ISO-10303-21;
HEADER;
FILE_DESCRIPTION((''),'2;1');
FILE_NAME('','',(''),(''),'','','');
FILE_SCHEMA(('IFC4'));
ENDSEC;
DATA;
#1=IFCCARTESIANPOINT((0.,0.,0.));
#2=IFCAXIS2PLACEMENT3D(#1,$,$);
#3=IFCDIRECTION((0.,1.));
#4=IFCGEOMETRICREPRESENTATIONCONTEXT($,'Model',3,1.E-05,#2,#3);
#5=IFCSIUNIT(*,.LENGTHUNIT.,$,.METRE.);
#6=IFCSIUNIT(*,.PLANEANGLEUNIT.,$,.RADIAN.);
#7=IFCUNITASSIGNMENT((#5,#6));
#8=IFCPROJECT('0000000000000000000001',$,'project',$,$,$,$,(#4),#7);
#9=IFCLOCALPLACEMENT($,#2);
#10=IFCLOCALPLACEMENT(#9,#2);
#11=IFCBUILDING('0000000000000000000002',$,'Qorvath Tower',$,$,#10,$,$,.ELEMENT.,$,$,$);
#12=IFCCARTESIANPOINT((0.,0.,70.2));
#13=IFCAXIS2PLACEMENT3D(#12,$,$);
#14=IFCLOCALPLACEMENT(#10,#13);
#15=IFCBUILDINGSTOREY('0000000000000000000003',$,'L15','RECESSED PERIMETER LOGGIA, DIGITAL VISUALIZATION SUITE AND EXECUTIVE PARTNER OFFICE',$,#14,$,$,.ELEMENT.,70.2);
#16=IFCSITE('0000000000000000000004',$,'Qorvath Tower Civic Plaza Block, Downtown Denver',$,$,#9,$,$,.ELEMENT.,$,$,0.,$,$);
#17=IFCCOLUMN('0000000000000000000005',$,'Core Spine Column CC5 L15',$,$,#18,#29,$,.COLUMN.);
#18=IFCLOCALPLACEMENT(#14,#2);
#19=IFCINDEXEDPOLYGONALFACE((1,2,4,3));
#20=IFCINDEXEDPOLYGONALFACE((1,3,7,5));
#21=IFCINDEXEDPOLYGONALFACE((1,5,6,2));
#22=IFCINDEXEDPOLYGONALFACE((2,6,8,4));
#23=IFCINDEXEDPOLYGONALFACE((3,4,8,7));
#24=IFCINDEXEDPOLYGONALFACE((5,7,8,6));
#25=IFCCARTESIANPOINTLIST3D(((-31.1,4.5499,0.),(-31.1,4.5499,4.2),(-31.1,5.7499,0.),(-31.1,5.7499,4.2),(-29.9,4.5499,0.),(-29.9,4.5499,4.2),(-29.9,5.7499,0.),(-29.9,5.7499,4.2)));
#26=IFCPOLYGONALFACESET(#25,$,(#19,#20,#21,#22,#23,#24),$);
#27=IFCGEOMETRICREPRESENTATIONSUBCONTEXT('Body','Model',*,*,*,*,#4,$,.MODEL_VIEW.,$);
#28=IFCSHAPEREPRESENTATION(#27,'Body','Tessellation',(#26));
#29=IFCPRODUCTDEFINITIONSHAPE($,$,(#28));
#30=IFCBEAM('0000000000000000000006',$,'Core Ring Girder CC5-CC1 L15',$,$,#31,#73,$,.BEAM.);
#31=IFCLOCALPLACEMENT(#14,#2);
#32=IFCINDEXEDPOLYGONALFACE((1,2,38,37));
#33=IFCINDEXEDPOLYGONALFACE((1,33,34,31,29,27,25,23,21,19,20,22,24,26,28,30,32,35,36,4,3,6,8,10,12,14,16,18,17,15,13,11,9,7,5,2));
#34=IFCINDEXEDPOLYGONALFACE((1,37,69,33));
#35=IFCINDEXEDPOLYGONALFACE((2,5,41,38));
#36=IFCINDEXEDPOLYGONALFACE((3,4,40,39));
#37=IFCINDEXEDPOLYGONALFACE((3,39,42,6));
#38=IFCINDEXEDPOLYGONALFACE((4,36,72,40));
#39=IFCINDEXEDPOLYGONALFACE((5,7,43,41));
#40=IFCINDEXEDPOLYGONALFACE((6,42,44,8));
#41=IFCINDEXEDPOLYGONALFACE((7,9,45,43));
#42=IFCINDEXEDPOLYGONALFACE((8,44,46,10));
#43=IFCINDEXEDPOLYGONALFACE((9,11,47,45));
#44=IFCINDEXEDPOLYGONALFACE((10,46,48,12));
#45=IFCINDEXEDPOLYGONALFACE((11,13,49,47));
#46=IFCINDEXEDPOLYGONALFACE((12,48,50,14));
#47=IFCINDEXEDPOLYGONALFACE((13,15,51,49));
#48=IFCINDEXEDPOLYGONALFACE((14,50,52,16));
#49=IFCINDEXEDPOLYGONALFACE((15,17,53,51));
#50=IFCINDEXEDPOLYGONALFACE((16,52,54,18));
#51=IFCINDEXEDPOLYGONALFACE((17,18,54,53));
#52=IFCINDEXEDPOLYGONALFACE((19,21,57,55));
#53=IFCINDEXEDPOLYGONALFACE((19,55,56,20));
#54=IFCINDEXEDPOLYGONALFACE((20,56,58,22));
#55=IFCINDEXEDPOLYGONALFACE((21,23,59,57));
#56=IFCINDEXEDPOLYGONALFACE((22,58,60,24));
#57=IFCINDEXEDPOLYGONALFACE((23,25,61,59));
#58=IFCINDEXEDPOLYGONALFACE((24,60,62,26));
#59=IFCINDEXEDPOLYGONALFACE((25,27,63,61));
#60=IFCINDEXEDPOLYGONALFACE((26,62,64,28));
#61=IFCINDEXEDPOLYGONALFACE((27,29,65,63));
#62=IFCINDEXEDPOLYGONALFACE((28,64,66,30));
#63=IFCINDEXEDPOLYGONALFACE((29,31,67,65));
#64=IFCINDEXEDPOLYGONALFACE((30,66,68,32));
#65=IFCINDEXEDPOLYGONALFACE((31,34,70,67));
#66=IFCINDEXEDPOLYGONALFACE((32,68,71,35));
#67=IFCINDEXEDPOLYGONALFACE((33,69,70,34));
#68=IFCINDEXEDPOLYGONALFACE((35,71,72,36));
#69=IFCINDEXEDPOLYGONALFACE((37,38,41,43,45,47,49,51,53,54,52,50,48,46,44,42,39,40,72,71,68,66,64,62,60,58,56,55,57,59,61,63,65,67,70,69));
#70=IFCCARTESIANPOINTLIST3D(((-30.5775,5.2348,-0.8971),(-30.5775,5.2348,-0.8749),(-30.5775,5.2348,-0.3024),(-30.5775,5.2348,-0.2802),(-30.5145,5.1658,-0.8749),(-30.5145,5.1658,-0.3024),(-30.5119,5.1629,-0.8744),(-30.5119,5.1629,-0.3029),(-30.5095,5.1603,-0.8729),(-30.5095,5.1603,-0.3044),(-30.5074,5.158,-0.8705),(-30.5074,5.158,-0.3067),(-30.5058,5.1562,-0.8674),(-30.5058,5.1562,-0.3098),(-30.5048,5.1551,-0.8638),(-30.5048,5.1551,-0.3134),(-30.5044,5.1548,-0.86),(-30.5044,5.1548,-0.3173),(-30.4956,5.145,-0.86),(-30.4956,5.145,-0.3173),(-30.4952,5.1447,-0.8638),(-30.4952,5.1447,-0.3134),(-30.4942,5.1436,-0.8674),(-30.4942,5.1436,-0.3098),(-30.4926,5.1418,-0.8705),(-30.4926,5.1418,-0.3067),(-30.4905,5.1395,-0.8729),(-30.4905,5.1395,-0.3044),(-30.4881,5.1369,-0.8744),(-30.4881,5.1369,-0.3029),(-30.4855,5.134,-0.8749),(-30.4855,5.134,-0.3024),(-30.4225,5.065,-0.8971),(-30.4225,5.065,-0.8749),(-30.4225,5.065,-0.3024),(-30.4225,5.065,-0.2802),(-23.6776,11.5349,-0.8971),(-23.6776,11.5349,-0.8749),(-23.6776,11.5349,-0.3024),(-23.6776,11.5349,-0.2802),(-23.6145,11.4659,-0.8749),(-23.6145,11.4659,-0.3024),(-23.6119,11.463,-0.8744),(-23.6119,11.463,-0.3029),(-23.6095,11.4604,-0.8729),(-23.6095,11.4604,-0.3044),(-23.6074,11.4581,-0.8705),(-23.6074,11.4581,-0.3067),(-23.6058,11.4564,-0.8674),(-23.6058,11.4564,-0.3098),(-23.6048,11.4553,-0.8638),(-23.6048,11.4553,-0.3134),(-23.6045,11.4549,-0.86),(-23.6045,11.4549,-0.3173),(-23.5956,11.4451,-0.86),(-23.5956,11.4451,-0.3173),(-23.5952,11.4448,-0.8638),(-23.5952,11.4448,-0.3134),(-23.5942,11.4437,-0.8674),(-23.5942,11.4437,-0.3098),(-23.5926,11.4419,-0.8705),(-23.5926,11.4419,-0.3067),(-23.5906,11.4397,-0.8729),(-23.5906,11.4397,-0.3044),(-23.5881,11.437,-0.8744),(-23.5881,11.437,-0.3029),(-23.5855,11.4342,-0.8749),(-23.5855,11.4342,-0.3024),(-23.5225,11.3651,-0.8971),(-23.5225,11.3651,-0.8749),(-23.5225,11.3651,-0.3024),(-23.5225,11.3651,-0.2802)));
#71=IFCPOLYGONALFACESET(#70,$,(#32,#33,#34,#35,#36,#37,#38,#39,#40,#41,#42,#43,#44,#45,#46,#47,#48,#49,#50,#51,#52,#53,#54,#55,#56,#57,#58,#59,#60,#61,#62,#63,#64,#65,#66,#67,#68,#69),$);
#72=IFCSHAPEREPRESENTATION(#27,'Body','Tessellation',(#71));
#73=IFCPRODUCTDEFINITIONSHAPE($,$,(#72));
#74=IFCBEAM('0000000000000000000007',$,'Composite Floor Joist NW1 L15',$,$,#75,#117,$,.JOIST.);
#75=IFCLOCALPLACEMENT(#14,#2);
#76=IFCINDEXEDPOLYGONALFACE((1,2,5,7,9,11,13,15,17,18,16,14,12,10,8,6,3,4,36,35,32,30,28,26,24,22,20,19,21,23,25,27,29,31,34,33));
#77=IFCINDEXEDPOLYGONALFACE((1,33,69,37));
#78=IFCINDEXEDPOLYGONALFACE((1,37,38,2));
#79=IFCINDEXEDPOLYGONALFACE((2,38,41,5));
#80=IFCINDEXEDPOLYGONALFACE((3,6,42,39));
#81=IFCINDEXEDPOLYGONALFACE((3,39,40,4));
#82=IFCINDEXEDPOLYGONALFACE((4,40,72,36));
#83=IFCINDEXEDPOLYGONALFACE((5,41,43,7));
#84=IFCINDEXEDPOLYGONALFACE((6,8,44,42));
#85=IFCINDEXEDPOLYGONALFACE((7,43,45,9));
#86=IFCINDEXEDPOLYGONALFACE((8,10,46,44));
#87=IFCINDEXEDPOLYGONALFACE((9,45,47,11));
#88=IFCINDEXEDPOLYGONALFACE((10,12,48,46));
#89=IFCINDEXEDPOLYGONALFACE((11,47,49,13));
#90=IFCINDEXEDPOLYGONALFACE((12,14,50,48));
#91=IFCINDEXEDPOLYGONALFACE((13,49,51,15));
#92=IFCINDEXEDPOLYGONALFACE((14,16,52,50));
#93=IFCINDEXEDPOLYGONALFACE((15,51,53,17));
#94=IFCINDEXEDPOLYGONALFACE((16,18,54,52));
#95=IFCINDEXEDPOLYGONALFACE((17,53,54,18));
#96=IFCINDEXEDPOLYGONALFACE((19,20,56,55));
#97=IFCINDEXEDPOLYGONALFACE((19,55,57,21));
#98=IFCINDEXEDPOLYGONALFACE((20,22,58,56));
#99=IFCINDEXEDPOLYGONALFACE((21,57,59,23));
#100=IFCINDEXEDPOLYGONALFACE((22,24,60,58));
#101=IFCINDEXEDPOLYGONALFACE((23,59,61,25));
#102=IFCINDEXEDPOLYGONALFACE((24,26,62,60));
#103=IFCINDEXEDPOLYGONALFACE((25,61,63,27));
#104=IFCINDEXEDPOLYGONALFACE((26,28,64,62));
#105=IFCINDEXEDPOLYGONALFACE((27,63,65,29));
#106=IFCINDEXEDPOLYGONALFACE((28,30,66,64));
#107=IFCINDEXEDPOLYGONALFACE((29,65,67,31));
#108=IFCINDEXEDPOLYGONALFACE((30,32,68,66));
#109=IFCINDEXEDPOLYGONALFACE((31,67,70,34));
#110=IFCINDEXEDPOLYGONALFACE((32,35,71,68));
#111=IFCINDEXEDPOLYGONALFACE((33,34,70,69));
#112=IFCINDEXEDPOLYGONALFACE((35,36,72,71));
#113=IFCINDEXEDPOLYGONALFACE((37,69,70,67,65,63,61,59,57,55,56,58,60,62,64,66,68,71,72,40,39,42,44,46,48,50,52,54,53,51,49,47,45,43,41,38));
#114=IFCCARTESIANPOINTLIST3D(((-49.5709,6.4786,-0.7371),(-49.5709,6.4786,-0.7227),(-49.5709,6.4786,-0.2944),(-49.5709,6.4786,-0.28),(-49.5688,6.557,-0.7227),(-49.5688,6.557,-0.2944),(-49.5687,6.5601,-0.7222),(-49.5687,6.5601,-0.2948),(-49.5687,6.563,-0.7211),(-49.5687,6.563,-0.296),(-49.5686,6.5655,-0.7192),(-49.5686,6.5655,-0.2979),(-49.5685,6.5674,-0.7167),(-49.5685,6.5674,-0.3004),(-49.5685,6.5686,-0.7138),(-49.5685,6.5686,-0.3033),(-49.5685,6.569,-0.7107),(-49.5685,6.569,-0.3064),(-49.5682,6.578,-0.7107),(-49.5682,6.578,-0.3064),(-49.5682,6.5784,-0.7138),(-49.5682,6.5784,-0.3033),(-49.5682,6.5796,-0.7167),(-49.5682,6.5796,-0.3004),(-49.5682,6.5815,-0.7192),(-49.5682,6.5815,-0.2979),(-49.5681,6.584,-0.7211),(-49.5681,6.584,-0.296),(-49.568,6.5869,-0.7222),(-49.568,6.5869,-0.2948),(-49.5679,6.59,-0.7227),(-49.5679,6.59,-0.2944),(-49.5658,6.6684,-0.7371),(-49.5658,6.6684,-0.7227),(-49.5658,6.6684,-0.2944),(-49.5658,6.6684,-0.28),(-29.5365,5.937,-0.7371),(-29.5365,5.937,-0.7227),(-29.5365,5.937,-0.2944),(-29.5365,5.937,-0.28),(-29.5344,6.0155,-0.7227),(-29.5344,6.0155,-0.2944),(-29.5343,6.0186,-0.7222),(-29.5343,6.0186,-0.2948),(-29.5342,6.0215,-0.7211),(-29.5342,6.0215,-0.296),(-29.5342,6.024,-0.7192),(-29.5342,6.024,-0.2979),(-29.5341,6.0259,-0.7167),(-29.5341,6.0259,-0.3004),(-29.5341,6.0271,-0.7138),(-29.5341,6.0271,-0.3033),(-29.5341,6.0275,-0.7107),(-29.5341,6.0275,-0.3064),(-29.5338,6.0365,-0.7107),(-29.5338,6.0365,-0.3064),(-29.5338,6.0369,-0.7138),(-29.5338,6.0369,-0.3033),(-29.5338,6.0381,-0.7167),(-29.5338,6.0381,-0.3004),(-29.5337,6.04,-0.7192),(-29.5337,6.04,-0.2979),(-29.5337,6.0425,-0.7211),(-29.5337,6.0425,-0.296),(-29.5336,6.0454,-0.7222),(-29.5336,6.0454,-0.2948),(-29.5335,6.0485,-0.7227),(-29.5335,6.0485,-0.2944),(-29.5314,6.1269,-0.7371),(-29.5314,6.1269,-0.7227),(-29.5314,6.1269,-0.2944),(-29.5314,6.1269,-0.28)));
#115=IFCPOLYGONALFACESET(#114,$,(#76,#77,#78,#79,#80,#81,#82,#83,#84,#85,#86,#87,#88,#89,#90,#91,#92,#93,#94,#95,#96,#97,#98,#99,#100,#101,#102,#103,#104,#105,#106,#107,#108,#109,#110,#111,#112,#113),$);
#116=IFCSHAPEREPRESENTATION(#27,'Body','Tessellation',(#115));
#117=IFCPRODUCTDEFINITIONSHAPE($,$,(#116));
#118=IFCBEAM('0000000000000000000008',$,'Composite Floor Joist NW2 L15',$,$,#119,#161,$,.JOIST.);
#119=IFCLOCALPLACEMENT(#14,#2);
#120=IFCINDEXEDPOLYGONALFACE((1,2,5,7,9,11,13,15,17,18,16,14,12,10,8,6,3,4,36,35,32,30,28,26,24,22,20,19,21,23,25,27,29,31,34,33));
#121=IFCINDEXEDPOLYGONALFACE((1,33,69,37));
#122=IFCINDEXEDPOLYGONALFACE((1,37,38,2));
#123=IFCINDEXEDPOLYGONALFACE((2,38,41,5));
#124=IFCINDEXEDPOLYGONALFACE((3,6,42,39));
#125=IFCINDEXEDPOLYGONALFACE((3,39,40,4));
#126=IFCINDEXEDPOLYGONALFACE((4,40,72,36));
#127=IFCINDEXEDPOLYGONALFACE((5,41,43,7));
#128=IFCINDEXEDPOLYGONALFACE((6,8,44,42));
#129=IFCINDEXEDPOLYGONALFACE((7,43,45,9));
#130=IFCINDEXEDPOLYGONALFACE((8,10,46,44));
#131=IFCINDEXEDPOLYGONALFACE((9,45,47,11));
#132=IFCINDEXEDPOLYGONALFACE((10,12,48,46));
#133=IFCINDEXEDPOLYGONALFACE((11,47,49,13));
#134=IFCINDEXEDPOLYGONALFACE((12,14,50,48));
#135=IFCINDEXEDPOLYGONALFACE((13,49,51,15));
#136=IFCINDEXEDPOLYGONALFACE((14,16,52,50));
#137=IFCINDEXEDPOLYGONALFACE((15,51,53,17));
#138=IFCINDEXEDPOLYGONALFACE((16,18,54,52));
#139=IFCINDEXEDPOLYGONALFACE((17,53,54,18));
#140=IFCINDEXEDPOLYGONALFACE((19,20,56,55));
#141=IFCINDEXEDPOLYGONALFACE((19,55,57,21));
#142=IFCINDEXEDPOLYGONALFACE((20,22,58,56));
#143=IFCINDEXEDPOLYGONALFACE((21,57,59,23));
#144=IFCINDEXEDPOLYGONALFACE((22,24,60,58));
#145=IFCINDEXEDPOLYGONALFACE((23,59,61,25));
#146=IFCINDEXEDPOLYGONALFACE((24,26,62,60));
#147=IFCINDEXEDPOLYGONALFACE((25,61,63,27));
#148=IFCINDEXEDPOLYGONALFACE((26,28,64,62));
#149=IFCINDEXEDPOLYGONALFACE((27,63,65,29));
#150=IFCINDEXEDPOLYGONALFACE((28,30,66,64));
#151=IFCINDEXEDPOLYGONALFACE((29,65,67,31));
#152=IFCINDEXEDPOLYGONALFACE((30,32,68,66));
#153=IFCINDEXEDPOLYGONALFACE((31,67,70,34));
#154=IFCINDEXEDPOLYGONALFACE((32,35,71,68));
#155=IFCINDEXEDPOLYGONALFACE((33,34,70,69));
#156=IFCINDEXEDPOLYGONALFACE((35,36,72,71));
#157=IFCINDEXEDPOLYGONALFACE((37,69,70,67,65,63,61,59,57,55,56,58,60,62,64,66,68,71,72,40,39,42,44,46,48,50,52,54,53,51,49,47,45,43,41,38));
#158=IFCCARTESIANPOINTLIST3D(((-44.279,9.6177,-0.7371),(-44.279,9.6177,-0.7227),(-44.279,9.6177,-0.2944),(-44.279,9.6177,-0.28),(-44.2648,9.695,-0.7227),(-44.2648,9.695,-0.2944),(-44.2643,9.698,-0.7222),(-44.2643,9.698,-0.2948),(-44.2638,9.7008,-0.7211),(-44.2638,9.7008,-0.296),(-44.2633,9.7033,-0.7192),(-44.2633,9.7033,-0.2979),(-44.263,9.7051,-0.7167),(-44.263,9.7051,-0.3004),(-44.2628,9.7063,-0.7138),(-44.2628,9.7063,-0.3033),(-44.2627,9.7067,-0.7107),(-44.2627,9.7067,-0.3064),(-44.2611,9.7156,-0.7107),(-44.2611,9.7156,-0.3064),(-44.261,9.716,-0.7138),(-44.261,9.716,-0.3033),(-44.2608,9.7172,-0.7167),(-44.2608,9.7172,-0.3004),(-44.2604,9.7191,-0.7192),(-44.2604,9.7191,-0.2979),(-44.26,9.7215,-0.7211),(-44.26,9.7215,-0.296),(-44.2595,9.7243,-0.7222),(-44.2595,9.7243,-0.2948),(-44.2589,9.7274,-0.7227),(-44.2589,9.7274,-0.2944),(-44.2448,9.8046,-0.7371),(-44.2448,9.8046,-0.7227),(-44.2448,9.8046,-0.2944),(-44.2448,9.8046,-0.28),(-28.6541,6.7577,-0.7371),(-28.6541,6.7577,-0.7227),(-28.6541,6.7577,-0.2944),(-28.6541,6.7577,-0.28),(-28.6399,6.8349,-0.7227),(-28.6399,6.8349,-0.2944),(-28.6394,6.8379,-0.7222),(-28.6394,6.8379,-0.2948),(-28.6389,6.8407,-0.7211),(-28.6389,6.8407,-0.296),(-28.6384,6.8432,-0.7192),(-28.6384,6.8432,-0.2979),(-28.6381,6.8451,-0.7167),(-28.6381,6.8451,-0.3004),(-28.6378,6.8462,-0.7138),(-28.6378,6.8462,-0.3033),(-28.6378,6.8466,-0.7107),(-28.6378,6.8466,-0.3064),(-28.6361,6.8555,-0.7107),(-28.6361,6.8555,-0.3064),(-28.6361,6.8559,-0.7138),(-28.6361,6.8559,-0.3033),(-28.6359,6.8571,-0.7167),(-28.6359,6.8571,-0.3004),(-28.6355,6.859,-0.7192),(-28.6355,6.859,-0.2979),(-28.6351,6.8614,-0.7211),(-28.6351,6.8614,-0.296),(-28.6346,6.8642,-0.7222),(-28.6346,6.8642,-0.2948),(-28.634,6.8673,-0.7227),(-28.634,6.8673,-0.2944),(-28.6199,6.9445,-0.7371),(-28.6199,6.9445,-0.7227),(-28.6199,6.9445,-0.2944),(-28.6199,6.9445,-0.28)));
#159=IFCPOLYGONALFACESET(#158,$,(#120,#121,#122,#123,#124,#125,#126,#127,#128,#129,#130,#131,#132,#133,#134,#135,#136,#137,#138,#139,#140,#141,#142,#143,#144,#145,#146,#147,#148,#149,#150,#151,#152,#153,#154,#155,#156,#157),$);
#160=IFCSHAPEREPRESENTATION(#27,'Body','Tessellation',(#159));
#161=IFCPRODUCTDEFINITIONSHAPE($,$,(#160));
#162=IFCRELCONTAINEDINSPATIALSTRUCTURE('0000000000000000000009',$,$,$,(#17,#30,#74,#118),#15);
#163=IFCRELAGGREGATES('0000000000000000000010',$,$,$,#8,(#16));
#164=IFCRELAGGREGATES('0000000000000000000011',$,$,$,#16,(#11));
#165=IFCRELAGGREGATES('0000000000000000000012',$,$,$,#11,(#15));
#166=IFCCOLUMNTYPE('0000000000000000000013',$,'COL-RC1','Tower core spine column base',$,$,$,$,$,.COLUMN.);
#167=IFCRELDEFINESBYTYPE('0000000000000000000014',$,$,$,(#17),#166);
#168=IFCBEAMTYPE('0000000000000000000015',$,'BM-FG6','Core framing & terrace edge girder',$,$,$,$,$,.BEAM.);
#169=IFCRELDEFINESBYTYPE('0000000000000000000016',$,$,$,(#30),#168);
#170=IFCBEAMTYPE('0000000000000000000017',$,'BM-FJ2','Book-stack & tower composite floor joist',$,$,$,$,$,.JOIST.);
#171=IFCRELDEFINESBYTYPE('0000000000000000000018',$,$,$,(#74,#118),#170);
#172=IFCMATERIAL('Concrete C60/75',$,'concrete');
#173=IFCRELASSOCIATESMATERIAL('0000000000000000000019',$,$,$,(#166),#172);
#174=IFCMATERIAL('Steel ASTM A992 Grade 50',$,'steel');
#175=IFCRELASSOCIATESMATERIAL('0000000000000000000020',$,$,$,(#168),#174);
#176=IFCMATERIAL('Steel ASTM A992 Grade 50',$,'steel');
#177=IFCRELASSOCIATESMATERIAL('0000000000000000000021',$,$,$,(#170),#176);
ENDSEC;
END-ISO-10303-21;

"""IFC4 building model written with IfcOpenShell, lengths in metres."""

from ifc_helpers import new_model, si_unit, direction, frame, origin, origin_2d, place, context, subcontext, project, spatial, rectangle, i_section, extrude, material, material_profile, profile_set, type_object, element, save


model = new_model("IFC4")

# Units and contexts
model_context = context("Model", 3, precision=1e-05, world=origin(), true_north=direction((0.0, 1.0)))
body_context = subcontext(model_context, "Body", "Model", "MODEL_VIEW")
ifc_project = project(units=[si_unit("LENGTHUNIT", "METRE"), si_unit("PLANEANGLEUNIT", "RADIAN")], contexts=[model_context])

# Site, building, storey
site_placement = place(None, origin())
site = spatial("IfcSite", under=ifc_project, at=site_placement, Name="Qorvath Tower Civic Plaza Block, Downtown Denver", CompositionType="ELEMENT", RefElevation=0.0)
building_placement = place(site_placement, origin())
building = spatial("IfcBuilding", under=site, at=building_placement, Name="Qorvath Tower", CompositionType="ELEMENT")
storey_placement = place(building_placement, frame((0.0, 0.0, 70.2)))
storey = spatial("IfcBuildingStorey", under=building, at=storey_placement, Name="L15", Description="RECESSED PERIMETER LOGGIA, DIGITAL VISUALIZATION SUITE AND EXECUTIVE PARTNER OFFICE", CompositionType="ELEMENT", Elevation=70.2)

# Column
ifc_material_1 = material(Name="Concrete C60/75", Category="concrete")
ifc_material_profile_1 = material_profile(ifc_material_1, rectangle(XDim=1.2, YDim=1.2, at=origin_2d()), Name="RC 1200x1200")
ifc_profile_set_1 = profile_set([ifc_material_profile_1], Name="Concrete C60/75")
column_type = type_object("IfcColumnType", Name="COL-RC1", Description="Tower core spine column base", PredefinedType="COLUMN", material=ifc_profile_set_1)
column_placement = place(storey_placement, frame((-30.5, 5.1499, 0.0), z_axis=(0.0, 0.0, 1.0), x_axis=(1.0, 0.0, 0.0)))
element("IfcColumn", 1, at=column_placement, inside=storey, type_object=column_type, Name="Core Spine Column CC5 L15", PredefinedType="COLUMN", context=body_context, shape_type="SweptSolid", body=[
    extrude(rectangle(XDim=1.2, YDim=1.2, at=origin_2d()), origin(), (0.0, 0.0, 1.0), 4.2),
])

# Beams
ifc_material_2 = material(Name="Steel ASTM A992 Grade 50", Category="steel")
ifc_material_profile_2 = material_profile(ifc_material_2, i_section(OverallWidth=0.23, OverallDepth=0.6169, WebThickness=0.0132, FlangeThickness=0.0222, FilletRadius=0.0149, at=origin_2d()), Name="W24x94")
ifc_profile_set_2 = profile_set([ifc_material_profile_2], Name="Steel ASTM A992 Grade 50")
beam_type_1 = type_object("IfcBeamType", Name="BM-FG6", Description="Core framing & terrace edge girder", PredefinedType="BEAM", material=ifc_profile_set_2)
beam_1_placement = place(storey_placement, frame((-30.5, 5.1499, -0.5886), z_axis=(0.738478, 0.674277, 0.0), x_axis=(-0.674277, 0.738478, 0.0)))
element("IfcBeam", 2, at=beam_1_placement, inside=storey, type_object=beam_type_1, Name="Core Ring Girder CC5-CC1 L15", PredefinedType="BEAM", context=body_context, shape_type="SweptSolid", body=[
    extrude(i_section(OverallWidth=0.23, OverallDepth=0.6169, WebThickness=0.0132, FlangeThickness=0.0222, FilletRadius=0.0149, at=origin_2d()), origin(), (0.0, 0.0, 1.0), 9.3435),
])
ifc_material_3 = material(Name="Steel ASTM A992 Grade 50", Category="steel")
ifc_material_profile_3 = material_profile(ifc_material_3, i_section(OverallWidth=0.1899, OverallDepth=0.457, WebThickness=0.009, FlangeThickness=0.0144, FilletRadius=0.012, at=origin_2d()), Name="W18x50")
ifc_profile_set_3 = profile_set([ifc_material_profile_3], Name="Steel ASTM A992 Grade 50")
beam_type_2 = type_object("IfcBeamType", Name="BM-FJ2", Description="Book-stack & tower composite floor joist", PredefinedType="JOIST", material=ifc_profile_set_3)
beam_2_placement = place(storey_placement, frame((-29.5339, 6.032, -0.5085), z_axis=(-0.999635, 0.027019, 0.0), x_axis=(-0.027019, -0.999635, 0.0)))
element("IfcBeam", 3, at=beam_2_placement, inside=storey, type_object=beam_type_2, Name="Composite Floor Joist NW1 L15", PredefinedType="JOIST", context=body_context, shape_type="SweptSolid", body=[
    extrude(i_section(OverallWidth=0.1899, OverallDepth=0.457, WebThickness=0.009, FlangeThickness=0.0144, FilletRadius=0.012, at=origin_2d()), origin(), (0.0, 0.0, 1.0), 20.0417),
])
beam_3_placement = place(storey_placement, frame((-28.637, 6.8511, -0.5085), z_axis=(-0.983656, 0.180055, 0.0), x_axis=(-0.180055, -0.983656, 0.0)))
element("IfcBeam", 4, at=beam_3_placement, inside=storey, type_object=beam_type_2, Name="Composite Floor Joist NW2 L15", PredefinedType="JOIST", context=body_context, shape_type="SweptSolid", body=[
    extrude(i_section(OverallWidth=0.1899, OverallDepth=0.457, WebThickness=0.009, FlangeThickness=0.0144, FilletRadius=0.012, at=origin_2d()), origin(), (0.0, 0.0, 1.0), 15.8845),
])

save(model, "model.ifc")
